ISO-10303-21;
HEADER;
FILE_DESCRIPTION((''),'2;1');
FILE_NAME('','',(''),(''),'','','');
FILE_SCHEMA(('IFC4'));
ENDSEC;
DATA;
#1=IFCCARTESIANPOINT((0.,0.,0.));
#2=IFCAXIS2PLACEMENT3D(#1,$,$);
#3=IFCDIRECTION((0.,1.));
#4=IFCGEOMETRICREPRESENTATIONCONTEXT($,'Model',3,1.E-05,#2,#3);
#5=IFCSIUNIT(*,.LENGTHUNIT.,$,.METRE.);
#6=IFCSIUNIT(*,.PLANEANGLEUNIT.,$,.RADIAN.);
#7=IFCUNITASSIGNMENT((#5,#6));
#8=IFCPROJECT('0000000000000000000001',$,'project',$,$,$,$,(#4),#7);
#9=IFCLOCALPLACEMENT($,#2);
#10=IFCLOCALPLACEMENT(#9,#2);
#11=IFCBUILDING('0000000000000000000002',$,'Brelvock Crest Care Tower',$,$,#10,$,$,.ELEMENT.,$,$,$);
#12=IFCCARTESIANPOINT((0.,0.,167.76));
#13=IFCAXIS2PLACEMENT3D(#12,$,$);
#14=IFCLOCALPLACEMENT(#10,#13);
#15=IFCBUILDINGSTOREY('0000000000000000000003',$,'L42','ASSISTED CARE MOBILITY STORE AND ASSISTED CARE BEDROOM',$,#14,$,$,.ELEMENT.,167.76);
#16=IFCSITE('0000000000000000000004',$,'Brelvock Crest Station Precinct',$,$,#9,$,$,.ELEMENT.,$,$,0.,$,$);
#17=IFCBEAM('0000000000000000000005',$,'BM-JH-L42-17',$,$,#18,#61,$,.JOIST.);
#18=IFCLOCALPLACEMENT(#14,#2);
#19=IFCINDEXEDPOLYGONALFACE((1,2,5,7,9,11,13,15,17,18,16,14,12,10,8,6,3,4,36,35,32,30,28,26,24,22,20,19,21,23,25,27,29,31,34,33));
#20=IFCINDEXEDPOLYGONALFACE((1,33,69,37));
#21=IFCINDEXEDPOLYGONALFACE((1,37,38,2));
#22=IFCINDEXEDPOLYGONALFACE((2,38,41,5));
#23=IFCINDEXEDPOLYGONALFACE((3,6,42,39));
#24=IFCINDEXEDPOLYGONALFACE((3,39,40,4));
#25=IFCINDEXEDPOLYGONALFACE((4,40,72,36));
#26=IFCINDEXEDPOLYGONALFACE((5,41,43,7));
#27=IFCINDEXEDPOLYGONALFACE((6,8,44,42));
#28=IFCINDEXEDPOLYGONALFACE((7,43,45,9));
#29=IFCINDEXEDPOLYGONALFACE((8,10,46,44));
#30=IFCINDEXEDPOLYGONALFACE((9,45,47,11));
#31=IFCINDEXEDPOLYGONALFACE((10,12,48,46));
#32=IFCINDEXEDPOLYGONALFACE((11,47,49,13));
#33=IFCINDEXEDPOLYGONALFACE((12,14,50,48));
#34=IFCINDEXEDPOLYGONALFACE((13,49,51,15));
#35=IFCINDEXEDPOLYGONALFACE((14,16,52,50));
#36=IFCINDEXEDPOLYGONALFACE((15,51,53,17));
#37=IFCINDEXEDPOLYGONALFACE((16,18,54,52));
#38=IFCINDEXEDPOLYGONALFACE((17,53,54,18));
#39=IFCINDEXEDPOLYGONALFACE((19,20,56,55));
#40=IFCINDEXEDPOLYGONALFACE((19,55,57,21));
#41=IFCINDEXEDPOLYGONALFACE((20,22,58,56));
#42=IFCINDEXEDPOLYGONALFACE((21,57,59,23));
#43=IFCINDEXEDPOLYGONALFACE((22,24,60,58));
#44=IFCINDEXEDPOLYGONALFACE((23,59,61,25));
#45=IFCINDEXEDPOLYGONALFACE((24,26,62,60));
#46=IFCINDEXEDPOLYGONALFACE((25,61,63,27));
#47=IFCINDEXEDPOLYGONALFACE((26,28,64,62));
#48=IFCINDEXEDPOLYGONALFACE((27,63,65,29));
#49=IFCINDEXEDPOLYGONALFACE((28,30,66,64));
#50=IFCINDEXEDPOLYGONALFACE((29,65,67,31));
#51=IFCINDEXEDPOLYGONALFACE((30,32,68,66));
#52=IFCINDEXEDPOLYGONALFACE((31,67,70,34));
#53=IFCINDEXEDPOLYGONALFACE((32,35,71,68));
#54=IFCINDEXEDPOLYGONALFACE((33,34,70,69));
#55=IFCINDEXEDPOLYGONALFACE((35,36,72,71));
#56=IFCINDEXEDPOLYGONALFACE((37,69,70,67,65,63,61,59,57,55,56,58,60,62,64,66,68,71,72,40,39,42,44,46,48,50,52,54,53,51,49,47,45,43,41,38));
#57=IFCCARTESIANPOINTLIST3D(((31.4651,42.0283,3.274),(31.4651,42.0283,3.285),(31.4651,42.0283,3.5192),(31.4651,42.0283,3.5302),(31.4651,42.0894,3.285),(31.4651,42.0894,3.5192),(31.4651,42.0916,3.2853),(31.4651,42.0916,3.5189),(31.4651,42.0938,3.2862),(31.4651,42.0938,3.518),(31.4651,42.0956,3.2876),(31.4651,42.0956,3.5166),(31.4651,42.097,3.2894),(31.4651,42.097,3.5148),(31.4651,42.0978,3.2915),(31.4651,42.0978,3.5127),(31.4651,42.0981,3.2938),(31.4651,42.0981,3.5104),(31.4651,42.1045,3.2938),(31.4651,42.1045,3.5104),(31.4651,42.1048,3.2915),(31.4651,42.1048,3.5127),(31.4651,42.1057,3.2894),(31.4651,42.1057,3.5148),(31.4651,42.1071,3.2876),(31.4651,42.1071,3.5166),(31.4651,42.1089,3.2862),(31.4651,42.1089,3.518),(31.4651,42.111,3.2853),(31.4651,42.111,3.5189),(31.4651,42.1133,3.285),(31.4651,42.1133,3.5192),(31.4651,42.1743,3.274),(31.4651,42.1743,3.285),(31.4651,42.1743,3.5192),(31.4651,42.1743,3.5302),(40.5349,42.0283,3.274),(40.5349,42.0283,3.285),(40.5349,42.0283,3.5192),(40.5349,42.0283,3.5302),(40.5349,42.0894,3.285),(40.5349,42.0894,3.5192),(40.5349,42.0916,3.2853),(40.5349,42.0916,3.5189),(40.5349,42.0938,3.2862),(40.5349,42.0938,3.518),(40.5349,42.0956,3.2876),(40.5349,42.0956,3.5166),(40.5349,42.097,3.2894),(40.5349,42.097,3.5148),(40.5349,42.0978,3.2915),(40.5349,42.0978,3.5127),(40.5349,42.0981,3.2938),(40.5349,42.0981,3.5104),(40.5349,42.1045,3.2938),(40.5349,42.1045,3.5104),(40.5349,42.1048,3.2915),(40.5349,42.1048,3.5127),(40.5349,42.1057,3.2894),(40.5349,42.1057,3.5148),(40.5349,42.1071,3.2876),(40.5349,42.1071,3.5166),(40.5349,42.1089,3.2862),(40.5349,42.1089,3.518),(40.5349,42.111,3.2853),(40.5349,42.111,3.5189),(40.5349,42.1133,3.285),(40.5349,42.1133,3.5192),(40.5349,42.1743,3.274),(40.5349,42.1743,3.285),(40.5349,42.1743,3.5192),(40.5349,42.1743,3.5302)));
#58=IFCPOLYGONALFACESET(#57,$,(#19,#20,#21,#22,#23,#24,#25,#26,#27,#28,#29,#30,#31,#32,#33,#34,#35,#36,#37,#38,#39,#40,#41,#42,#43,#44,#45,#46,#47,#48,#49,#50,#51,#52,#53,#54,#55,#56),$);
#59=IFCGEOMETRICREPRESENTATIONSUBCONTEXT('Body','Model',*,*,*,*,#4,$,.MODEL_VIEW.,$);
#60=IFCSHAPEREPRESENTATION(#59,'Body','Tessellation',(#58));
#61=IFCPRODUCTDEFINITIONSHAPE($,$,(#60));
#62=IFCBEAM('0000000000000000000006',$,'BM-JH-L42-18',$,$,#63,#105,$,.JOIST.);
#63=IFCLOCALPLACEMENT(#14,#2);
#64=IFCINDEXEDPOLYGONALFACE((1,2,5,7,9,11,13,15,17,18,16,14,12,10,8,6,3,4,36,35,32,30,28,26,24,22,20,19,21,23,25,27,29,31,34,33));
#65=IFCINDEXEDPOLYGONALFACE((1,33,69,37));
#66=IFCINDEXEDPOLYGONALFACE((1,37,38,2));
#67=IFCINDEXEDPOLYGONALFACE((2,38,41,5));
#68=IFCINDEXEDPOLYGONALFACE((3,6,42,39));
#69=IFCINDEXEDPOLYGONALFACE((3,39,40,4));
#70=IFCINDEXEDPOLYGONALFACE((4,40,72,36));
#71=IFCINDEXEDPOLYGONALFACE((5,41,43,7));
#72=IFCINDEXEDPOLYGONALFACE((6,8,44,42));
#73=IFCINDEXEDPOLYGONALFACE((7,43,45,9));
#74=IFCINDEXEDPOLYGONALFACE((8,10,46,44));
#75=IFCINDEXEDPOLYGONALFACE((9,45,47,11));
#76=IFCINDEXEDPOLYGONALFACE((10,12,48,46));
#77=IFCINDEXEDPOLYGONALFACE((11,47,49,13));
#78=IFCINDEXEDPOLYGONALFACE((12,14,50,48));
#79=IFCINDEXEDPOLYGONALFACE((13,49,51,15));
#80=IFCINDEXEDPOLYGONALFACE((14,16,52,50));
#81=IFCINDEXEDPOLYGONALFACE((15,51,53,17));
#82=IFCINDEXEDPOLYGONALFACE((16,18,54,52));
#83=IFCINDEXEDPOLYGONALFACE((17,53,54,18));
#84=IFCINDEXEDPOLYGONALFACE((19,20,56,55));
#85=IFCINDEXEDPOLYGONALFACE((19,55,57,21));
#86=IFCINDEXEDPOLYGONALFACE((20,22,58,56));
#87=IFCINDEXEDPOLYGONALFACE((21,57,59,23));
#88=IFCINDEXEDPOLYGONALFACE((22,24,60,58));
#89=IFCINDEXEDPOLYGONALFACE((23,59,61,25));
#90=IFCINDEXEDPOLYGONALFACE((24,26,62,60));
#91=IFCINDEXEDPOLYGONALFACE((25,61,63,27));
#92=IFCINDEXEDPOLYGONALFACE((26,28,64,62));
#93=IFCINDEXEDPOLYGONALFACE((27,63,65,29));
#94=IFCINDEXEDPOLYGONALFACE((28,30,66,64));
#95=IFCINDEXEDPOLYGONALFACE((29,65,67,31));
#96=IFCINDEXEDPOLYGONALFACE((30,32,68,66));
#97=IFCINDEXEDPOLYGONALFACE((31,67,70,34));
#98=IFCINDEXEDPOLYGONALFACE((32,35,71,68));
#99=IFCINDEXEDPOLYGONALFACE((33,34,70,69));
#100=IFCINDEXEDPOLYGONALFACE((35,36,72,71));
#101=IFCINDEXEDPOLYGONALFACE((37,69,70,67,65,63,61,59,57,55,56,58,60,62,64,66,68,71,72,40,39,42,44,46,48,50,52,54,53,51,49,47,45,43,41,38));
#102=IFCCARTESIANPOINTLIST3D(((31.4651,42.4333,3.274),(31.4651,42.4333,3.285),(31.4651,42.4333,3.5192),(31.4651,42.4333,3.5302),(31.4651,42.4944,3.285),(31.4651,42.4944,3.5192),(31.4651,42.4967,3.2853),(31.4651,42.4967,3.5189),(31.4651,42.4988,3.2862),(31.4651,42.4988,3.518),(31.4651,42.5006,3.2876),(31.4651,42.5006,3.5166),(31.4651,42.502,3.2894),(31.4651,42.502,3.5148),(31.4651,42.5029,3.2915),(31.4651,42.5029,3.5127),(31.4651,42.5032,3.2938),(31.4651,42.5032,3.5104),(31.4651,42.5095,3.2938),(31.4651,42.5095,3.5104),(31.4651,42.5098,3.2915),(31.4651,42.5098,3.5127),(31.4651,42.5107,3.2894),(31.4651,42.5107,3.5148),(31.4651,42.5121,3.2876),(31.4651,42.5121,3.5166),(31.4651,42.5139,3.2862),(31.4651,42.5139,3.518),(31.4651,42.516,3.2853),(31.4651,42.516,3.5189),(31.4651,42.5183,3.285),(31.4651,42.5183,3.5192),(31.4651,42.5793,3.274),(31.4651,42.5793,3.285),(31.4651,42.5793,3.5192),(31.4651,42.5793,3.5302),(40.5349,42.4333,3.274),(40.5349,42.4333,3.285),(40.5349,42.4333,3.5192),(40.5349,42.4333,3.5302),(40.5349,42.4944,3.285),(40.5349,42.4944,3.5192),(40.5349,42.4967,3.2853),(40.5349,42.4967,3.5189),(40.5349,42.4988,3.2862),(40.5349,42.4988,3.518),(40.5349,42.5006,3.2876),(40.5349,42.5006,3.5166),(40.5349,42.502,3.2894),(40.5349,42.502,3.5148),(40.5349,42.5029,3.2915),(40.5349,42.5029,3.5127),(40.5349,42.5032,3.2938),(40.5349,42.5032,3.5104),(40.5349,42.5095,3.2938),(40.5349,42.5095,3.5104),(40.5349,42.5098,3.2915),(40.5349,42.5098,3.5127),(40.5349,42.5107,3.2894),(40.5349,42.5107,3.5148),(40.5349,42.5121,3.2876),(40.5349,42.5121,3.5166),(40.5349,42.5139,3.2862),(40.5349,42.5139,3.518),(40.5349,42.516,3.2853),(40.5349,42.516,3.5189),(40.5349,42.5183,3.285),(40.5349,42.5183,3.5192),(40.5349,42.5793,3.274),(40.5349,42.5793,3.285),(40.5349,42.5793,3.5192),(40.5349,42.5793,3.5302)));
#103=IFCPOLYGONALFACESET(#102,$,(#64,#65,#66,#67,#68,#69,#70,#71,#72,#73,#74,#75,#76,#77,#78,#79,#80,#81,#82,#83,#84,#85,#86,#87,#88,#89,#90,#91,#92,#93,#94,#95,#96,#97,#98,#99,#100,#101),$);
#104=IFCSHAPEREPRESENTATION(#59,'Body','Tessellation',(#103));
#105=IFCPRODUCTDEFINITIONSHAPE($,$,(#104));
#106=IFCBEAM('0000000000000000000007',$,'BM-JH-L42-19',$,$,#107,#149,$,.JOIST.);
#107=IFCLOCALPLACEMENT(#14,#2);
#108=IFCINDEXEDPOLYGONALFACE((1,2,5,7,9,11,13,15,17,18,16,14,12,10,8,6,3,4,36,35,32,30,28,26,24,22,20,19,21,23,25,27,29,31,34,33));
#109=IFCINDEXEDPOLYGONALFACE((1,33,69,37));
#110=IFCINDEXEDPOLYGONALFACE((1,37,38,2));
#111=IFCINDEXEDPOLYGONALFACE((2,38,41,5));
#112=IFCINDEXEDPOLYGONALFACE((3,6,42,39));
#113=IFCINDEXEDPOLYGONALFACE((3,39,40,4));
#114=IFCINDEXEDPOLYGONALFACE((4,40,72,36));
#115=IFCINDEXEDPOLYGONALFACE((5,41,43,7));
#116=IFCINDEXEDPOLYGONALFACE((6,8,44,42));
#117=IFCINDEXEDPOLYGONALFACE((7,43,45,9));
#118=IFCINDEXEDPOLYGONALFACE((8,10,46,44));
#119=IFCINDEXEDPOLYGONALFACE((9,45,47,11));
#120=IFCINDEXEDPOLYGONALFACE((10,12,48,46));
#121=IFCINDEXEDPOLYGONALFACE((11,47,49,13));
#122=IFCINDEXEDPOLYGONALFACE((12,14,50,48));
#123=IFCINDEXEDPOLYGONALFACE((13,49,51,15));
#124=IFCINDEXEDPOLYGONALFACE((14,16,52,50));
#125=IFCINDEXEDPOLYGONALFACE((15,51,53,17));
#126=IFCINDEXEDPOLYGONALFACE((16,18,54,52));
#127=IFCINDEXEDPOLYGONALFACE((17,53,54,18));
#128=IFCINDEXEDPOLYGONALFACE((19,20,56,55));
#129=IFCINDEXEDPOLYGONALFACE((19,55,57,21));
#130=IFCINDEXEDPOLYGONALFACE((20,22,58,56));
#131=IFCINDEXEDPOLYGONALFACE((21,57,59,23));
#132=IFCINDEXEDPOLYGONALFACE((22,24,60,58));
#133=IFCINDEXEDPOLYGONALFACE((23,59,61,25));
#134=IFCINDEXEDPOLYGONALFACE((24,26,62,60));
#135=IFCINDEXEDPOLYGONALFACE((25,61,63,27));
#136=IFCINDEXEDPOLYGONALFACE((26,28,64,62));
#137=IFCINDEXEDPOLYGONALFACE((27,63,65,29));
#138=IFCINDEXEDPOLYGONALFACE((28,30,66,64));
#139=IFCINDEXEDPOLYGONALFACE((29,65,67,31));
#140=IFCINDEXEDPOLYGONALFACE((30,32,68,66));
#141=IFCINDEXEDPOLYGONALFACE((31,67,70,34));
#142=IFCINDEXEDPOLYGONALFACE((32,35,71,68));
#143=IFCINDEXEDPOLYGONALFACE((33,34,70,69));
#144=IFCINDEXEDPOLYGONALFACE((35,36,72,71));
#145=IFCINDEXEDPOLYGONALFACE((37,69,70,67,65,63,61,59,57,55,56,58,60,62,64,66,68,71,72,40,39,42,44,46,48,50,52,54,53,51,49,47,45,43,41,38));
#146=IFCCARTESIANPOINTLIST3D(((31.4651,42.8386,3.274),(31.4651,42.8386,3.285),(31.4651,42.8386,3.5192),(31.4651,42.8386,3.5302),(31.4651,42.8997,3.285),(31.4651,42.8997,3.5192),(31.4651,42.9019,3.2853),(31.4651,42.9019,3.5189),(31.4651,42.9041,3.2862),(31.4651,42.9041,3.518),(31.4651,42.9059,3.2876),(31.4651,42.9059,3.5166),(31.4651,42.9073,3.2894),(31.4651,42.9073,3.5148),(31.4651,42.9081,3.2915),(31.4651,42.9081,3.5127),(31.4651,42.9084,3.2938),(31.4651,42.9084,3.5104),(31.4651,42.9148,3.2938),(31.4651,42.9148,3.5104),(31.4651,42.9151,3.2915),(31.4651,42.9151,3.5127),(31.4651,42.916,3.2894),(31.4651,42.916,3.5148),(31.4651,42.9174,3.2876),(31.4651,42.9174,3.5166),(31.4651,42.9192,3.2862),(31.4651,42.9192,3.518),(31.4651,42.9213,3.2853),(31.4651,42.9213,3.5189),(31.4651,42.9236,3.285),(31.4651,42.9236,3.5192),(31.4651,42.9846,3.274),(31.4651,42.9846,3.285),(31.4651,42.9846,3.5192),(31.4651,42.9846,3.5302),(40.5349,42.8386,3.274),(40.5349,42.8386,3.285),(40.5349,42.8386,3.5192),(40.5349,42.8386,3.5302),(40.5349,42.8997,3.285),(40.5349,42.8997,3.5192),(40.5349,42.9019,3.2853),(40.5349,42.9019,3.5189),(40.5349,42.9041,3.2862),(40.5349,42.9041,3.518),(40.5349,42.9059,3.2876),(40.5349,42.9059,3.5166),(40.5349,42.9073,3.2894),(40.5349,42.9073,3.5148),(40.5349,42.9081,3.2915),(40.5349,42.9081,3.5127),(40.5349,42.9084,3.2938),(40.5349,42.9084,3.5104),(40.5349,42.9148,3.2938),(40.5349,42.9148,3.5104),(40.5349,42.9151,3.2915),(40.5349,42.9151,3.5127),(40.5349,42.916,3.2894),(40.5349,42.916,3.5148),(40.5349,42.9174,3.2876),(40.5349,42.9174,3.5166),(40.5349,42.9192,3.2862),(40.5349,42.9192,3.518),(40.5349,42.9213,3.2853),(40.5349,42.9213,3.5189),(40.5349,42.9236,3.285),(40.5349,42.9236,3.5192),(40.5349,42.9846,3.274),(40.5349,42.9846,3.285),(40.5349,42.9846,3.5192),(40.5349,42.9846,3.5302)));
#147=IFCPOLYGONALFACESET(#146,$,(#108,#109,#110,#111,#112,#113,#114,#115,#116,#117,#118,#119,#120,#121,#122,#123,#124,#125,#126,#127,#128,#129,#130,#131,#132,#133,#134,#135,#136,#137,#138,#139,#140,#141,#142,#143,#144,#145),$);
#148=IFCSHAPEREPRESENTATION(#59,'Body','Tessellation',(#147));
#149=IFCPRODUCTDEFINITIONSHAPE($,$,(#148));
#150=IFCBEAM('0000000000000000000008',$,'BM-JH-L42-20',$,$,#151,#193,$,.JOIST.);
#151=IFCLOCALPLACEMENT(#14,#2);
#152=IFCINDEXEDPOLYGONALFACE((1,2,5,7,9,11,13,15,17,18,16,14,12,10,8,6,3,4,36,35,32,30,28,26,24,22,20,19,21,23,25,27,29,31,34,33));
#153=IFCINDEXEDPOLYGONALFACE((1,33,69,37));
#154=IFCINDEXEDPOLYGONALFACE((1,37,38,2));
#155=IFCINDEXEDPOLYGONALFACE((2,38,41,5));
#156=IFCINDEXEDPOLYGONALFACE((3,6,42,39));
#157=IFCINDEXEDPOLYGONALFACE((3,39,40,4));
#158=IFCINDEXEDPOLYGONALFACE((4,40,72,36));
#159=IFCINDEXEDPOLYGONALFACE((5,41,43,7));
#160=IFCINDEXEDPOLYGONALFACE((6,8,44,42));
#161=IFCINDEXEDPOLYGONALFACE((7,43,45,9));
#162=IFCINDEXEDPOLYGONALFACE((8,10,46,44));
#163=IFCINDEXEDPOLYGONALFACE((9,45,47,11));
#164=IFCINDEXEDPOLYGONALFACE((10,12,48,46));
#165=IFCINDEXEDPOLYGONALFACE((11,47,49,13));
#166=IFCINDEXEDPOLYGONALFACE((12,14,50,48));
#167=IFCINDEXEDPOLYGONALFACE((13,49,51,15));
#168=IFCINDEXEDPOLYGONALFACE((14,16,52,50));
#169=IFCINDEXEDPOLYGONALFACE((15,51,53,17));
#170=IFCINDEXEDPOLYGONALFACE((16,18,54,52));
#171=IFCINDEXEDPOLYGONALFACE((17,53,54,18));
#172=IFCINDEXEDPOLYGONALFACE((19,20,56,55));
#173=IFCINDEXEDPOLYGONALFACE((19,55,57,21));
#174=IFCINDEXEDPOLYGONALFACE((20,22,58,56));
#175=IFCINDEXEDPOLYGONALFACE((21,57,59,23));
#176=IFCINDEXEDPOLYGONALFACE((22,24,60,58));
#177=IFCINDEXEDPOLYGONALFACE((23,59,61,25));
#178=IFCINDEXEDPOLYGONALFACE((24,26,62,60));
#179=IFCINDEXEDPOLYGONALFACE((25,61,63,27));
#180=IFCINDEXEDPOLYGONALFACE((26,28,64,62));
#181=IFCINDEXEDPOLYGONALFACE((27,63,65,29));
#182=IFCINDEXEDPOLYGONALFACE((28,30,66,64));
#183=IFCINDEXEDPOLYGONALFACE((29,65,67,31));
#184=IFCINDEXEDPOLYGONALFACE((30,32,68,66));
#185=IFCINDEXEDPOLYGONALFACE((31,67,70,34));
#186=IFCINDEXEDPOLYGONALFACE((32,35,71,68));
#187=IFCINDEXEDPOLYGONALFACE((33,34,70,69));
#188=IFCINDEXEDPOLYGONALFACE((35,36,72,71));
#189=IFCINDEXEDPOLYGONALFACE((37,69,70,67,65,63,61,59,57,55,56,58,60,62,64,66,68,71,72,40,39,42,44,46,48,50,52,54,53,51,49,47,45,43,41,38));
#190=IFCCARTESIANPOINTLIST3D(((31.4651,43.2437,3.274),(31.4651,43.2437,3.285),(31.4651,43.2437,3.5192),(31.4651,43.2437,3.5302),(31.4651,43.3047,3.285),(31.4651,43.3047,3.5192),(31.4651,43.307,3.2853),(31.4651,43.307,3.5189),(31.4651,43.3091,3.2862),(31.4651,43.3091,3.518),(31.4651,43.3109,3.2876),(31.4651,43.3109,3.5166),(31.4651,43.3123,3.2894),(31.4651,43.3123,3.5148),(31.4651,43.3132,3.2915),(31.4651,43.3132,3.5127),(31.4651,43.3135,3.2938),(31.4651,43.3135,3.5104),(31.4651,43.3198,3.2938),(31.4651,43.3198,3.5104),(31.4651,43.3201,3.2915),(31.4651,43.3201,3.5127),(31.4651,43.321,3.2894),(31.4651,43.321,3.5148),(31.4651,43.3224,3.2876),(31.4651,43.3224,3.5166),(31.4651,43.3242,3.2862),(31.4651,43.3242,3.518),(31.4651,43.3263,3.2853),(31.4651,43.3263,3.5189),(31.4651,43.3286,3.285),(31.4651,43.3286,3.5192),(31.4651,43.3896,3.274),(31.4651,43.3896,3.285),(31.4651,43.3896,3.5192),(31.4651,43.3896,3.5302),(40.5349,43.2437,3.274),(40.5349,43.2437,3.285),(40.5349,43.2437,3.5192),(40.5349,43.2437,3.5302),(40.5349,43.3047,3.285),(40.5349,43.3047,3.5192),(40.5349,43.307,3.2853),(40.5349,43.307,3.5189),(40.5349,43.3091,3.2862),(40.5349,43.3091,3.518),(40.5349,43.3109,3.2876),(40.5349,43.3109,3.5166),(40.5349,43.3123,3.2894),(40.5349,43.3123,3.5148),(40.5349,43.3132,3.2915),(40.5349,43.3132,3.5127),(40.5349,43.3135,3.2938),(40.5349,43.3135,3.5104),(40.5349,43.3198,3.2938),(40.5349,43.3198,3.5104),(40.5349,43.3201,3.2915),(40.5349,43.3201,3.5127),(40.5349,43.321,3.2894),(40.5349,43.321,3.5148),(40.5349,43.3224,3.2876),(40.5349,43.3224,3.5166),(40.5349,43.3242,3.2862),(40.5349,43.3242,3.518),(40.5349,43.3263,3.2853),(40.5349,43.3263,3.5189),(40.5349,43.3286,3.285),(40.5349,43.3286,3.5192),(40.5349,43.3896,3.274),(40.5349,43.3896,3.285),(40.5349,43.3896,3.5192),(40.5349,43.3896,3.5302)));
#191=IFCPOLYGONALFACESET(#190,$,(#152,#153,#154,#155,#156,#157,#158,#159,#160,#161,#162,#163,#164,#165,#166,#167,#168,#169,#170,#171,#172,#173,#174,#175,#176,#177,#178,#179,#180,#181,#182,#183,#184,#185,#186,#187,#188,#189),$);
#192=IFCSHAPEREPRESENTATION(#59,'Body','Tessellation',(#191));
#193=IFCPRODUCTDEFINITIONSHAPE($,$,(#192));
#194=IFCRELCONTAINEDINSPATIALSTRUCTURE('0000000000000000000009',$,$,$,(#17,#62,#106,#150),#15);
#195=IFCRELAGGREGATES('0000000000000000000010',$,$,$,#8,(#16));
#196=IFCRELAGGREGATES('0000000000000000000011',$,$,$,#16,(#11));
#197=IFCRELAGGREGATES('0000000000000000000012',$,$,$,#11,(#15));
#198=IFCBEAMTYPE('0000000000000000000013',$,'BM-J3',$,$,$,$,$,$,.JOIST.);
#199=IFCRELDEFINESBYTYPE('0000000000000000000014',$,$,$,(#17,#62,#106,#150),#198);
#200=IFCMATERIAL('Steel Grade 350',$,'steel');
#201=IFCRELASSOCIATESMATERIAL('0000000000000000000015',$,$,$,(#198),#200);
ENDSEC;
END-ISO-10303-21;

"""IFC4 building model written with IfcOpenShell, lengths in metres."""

from ifc_helpers import new_model, si_unit, direction, frame, origin, origin_2d, place, context, subcontext, project, spatial, i_section, extrude, source, transform, mapped, material, material_profile, profile_set, type_object, element, save


model = new_model("IFC4")

# Units and contexts
model_context = context("Model", 3, precision=1e-05, world=origin(), true_north=direction((0.0, 1.0)))
body_context = subcontext(model_context, "Body", "Model", "MODEL_VIEW")
ifc_project = project(units=[si_unit("LENGTHUNIT", "METRE"), si_unit("PLANEANGLEUNIT", "RADIAN")], contexts=[model_context])

# Site, building, storey
site_placement = place(None, origin())
site = spatial("IfcSite", under=ifc_project, at=site_placement, Name="Brelvock Crest Station Precinct", CompositionType="ELEMENT", RefElevation=0.0)
building_placement = place(site_placement, origin())
building = spatial("IfcBuilding", under=site, at=building_placement, Name="Brelvock Crest Care Tower", CompositionType="ELEMENT")
storey_placement = place(building_placement, frame((0.0, 0.0, 167.76)))
storey = spatial("IfcBuildingStorey", under=building, at=storey_placement, Name="L42", Description="ASSISTED CARE MOBILITY STORE AND ASSISTED CARE BEDROOM", CompositionType="ELEMENT", Elevation=167.76)

# Beams
ifc_material_1 = material(Name="Steel Grade 350", Category="steel")
ifc_material_profile_1 = material_profile(ifc_material_1, i_section(OverallWidth=0.146, OverallDepth=0.2561, WebThickness=0.0063, FlangeThickness=0.011, FilletRadius=0.0088, at=origin_2d()), Name="250UB37.3")
ifc_profile_set_1 = profile_set([ifc_material_profile_1], Name="Steel Grade 350")
beam_type_1 = type_object("IfcBeamType", Name="BM-J3", PredefinedType="JOIST", material=ifc_profile_set_1)
shared_shape_1 = source(origin(), body_context, "Body", "SweptSolid", [
    extrude(i_section(OverallWidth=0.146, OverallDepth=0.2561, WebThickness=0.0063, FlangeThickness=0.011, FilletRadius=0.0088, at=origin_2d()), origin(), (0.0, 0.0, 1.0), 9.0698),
])
for number, where, z_axis, x_axis, name in (
    (1, (31.4651, 42.1013, 3.4021), (1.0, 0.0, 0.0), (0.0, 1.0, 0.0), "BM-JH-L42-17"),
    (2, (31.4651, 42.5063, 3.4021), (1.0, 0.0, 0.0), (0.0, 1.0, 0.0), "BM-JH-L42-18"),
    (3, (31.4651, 42.9116, 3.4021), (1.0, 0.0, 0.0), (0.0, 1.0, 0.0), "BM-JH-L42-19"),
    (4, (31.4651, 43.3167, 3.4021), (1.0, 0.0, 0.0), (0.0, 1.0, 0.0), "BM-JH-L42-20"),
):
    element("IfcBeam", number, at=place(storey_placement, frame(where, z_axis=z_axis, x_axis=x_axis)), inside=storey, type_object=beam_type_1, Name=name, PredefinedType="JOIST", context=body_context, shape_type="MappedRepresentation", body=[
        mapped(shared_shape_1, transform((0.0, 0.0, 0.0), x_axis=(1.0, 0.0, 0.0), y_axis=(0.0, 1.0, 0.0), z_axis=(0.0, 0.0, 1.0), scale=1.0)),
    ])

save(model, "model.ifc")
